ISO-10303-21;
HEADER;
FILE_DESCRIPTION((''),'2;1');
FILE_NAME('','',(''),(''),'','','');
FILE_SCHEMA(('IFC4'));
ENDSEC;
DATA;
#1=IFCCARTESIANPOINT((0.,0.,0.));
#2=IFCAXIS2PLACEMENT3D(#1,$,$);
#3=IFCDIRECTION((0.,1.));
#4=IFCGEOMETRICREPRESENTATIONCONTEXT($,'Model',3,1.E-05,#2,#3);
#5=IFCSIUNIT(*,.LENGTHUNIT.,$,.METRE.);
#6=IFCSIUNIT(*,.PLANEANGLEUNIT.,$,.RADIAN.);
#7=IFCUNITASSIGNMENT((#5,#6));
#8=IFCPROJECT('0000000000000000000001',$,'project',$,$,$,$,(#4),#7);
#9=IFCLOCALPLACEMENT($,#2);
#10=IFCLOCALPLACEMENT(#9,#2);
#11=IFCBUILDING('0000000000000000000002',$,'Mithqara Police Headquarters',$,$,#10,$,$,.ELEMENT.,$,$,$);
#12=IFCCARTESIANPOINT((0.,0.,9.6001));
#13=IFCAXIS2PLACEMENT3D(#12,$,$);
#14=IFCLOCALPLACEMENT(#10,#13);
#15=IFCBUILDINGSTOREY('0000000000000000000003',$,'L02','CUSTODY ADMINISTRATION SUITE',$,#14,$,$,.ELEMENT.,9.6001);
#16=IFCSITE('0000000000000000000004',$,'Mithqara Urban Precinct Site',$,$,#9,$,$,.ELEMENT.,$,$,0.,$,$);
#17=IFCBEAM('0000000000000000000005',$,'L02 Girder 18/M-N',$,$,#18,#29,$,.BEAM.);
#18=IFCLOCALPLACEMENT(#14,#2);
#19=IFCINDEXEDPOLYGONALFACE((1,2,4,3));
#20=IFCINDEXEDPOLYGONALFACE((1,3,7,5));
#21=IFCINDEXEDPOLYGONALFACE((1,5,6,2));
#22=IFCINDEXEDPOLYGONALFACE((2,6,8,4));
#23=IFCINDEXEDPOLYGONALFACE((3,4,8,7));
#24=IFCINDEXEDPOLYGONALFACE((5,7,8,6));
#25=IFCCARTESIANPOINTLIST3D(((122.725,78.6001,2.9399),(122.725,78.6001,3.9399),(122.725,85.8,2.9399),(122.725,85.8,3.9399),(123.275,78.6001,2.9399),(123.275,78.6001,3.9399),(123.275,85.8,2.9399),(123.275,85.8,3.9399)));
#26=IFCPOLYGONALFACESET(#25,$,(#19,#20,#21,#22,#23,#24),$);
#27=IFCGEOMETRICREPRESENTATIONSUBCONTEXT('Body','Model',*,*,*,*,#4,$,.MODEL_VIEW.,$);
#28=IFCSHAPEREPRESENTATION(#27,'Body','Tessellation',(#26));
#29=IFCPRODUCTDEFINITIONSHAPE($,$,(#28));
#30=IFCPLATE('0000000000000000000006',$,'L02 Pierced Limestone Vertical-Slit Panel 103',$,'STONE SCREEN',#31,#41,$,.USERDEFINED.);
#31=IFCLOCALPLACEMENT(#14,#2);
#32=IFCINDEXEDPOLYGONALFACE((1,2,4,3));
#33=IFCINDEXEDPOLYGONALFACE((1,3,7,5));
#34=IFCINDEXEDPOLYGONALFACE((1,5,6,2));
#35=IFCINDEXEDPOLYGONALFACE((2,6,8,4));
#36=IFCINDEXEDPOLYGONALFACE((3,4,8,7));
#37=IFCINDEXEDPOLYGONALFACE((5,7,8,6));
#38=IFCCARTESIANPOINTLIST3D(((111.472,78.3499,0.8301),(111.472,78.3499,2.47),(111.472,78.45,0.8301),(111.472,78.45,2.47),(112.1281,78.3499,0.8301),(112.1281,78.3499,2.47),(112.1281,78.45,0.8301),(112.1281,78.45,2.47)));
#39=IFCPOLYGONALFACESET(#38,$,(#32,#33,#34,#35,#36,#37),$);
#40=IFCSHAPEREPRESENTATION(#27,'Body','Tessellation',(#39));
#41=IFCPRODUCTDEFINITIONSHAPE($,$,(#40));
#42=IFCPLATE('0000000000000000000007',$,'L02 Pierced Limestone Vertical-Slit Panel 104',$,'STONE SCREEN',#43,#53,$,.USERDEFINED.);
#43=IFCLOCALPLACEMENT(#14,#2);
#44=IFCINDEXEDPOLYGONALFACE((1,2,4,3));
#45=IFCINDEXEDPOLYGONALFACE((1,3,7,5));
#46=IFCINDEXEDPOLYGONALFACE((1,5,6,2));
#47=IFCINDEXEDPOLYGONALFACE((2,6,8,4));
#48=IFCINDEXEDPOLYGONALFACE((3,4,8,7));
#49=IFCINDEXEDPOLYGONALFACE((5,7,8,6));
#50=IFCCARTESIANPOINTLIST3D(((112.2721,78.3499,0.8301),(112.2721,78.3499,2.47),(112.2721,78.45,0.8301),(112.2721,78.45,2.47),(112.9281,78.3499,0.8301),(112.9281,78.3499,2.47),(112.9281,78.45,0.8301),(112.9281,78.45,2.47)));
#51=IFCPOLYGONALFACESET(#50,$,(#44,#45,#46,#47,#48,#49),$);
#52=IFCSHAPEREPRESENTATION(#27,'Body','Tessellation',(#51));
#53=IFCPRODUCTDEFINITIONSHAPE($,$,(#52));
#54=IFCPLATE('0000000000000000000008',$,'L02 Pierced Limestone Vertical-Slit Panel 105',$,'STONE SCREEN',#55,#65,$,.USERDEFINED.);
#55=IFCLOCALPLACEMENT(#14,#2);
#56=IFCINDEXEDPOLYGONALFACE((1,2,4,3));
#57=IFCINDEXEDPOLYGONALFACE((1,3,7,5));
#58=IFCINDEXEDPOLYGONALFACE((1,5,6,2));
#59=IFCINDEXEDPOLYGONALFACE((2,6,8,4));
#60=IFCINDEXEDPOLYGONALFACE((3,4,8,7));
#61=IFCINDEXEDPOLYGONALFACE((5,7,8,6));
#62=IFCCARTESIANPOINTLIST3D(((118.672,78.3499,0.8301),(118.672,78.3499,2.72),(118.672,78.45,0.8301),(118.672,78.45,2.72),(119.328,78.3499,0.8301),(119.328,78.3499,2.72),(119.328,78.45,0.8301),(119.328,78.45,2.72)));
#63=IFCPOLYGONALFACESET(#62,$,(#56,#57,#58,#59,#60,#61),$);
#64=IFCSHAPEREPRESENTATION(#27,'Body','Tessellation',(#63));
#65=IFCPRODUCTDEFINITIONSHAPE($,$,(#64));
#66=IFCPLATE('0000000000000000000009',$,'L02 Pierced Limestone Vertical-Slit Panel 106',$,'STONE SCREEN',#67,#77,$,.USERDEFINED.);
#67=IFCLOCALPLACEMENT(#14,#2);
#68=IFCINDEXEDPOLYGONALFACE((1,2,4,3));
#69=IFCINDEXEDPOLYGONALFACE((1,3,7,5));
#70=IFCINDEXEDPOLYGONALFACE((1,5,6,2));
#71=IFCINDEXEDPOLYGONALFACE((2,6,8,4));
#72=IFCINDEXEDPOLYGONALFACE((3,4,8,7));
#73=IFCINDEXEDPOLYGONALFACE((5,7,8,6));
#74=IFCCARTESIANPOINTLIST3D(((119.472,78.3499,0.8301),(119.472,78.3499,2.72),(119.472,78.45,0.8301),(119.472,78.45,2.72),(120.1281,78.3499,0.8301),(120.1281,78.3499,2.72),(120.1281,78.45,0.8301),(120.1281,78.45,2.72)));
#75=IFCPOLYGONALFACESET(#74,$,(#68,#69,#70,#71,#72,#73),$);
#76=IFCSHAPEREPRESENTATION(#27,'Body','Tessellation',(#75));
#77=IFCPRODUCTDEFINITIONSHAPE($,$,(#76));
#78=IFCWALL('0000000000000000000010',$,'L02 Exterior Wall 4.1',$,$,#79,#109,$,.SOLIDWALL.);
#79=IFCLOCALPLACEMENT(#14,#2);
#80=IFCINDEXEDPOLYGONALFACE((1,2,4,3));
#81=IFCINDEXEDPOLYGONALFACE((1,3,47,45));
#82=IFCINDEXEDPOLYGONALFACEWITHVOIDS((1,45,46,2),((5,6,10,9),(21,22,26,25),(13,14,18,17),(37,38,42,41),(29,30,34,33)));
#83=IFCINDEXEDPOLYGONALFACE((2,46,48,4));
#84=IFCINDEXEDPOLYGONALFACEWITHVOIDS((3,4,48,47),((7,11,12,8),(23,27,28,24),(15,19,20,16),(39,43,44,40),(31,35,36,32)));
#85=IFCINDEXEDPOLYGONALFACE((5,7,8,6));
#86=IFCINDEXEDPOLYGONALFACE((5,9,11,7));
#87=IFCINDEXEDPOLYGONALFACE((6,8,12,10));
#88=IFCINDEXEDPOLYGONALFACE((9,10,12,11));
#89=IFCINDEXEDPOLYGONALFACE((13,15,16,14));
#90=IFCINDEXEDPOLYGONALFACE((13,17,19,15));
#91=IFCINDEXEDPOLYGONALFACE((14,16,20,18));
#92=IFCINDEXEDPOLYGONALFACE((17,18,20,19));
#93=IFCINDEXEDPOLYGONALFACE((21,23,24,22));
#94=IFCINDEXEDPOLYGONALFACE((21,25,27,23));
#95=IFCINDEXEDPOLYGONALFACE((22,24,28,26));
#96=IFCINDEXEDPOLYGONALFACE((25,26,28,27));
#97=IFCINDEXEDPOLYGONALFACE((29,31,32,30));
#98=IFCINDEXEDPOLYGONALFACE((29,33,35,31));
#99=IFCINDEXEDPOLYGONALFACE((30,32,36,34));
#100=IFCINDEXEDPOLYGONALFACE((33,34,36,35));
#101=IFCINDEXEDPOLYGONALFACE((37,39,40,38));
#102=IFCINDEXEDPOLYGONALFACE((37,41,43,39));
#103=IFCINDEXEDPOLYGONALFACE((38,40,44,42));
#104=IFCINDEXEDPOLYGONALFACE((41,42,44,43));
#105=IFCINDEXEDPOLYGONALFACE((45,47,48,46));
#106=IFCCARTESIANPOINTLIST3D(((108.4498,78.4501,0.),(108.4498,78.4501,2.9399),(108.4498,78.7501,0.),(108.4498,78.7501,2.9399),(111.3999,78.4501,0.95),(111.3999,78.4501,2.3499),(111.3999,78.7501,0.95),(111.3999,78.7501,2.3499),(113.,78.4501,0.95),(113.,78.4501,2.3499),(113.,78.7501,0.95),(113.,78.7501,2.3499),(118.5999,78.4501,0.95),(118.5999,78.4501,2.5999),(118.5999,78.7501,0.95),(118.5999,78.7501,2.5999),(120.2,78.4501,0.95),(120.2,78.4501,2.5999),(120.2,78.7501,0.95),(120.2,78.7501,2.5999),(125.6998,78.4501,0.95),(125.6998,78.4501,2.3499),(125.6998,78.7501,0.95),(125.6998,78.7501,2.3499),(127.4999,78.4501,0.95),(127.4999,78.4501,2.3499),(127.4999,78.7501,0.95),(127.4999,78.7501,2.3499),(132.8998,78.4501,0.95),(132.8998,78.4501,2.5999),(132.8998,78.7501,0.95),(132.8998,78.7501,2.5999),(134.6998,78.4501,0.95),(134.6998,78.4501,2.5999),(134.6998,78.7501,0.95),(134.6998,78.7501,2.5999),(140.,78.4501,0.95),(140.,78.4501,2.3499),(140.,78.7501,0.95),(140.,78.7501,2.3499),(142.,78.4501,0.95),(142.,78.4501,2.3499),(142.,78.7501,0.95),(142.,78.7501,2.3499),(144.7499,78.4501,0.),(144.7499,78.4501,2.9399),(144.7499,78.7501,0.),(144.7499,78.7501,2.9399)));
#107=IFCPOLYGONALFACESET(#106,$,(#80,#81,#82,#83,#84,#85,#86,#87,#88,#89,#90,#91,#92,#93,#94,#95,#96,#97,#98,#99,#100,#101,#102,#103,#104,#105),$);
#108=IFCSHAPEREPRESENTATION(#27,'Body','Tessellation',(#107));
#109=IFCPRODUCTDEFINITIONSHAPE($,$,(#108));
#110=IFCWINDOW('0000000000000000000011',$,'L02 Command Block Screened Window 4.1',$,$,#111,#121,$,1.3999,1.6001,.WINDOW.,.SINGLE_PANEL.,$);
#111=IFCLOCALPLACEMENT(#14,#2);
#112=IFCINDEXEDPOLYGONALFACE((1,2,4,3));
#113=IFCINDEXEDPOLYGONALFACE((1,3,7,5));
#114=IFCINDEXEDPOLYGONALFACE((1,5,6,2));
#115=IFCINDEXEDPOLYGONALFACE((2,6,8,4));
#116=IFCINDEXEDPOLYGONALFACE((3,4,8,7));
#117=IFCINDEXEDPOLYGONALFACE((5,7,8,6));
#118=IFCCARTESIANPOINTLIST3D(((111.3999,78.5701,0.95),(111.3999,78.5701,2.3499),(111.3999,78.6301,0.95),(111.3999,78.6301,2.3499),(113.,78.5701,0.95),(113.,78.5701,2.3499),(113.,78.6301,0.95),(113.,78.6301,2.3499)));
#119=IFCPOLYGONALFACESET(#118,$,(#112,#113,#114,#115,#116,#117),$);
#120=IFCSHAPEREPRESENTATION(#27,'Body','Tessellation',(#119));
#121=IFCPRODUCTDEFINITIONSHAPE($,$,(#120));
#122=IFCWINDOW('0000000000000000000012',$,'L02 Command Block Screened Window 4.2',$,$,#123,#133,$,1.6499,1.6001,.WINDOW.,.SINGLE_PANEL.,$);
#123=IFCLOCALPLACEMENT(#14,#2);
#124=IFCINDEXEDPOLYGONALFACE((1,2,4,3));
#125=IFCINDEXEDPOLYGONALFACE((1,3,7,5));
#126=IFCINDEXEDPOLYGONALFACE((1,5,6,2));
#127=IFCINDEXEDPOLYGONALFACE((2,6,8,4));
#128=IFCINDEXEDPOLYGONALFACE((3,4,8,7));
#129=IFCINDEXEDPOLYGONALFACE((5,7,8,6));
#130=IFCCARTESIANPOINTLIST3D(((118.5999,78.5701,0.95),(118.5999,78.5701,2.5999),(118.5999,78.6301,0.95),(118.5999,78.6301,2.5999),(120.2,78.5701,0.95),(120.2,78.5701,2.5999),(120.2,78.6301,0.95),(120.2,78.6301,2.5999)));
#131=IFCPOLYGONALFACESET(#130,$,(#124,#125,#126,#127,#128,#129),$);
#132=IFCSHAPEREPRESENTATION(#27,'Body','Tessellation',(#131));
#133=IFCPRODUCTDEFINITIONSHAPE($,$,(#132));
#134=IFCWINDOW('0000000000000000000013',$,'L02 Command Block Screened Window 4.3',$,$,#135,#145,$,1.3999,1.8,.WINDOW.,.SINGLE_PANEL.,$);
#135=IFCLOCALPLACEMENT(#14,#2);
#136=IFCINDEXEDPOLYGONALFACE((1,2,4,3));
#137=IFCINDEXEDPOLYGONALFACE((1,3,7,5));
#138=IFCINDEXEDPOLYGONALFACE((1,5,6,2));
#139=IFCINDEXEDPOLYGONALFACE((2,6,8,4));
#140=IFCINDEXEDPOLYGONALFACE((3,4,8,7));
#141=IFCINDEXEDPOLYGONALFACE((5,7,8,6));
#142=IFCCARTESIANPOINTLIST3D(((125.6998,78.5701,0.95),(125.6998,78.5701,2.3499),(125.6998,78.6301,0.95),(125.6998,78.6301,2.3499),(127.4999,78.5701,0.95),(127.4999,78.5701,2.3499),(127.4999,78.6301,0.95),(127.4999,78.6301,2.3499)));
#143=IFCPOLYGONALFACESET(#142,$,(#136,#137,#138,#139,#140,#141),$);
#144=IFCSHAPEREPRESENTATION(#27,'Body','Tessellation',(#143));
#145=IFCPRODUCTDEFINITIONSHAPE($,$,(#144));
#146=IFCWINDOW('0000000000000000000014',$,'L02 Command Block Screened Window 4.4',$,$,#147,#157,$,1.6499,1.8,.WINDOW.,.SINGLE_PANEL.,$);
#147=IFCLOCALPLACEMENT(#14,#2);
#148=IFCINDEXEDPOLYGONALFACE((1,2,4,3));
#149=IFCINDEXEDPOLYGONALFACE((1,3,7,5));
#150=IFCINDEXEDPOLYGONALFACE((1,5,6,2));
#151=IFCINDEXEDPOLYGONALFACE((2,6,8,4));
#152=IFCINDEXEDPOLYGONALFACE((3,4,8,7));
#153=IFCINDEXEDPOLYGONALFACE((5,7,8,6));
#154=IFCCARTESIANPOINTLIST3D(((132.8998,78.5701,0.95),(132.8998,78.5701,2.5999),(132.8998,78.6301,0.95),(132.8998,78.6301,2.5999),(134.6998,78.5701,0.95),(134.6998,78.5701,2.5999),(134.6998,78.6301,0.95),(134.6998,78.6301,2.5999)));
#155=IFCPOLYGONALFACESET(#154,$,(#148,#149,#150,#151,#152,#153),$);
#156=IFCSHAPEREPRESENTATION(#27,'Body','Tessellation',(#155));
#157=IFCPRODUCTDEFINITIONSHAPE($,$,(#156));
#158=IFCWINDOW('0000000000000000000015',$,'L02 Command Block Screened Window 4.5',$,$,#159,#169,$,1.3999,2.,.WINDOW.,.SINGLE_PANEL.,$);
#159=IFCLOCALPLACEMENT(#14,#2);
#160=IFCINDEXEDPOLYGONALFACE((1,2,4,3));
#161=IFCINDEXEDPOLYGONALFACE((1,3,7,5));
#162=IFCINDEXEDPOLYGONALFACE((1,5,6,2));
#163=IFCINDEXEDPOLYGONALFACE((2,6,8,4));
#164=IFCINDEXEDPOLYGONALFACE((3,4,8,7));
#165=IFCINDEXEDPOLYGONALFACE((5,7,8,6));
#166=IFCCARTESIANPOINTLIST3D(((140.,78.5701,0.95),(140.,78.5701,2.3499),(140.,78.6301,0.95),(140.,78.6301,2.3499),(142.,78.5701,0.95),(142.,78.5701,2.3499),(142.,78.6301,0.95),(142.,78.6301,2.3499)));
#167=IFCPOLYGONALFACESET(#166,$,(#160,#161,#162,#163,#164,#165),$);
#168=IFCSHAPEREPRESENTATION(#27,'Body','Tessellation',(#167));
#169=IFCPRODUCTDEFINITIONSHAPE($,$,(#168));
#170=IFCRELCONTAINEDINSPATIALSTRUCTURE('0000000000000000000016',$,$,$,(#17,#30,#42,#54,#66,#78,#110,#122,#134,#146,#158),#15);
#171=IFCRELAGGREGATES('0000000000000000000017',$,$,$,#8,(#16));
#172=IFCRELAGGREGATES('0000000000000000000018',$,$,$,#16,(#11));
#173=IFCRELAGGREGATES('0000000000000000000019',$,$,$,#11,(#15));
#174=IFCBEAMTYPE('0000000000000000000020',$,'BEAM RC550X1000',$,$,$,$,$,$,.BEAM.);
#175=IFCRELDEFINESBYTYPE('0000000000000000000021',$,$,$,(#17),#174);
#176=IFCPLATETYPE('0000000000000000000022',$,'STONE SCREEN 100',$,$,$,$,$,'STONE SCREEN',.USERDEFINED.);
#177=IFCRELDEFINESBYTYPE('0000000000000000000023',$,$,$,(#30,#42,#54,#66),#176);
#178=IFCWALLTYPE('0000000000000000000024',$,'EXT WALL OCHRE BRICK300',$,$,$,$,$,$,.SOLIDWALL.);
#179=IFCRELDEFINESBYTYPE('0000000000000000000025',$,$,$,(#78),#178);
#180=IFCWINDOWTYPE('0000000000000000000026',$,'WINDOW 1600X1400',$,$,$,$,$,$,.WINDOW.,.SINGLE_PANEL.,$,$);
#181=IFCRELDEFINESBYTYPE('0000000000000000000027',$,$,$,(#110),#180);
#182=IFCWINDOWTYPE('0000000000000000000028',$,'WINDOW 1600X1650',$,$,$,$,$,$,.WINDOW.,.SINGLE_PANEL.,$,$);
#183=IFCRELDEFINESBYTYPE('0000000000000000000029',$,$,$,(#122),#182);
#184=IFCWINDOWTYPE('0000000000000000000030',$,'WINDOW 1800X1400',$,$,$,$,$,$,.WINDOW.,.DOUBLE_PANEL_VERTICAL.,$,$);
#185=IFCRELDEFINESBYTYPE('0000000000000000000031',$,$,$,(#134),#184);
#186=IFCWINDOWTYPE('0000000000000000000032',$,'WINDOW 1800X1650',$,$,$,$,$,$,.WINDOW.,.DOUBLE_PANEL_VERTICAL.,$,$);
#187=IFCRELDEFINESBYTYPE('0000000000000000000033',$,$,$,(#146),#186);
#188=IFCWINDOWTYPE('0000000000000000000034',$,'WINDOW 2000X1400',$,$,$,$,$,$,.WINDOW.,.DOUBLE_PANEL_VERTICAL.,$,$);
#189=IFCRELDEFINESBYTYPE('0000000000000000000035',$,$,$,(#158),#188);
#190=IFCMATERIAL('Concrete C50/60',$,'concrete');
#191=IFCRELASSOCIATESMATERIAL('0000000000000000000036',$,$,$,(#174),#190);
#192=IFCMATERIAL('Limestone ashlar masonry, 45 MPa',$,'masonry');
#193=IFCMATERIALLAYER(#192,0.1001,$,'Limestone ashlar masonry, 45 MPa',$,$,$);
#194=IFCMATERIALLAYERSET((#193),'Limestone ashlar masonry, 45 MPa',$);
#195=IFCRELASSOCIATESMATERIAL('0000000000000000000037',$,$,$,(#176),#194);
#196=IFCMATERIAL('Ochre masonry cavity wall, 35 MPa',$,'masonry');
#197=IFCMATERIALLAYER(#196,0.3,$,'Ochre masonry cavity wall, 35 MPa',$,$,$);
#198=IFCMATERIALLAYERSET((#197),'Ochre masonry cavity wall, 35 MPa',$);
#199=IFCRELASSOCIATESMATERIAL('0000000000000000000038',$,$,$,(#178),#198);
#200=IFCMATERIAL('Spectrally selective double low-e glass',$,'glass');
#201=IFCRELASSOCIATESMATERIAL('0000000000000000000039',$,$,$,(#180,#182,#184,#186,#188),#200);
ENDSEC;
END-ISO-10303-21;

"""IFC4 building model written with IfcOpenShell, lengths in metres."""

from ifc_helpers import new_model, si_unit, direction, frame, frame_2d, origin, origin_2d, place, context, subcontext, project, spatial, rectangle, extrude, material, layer, layer_set, material_profile, profile_set, type_object, element, fill, save


model = new_model("IFC4")

# Units and contexts
model_context = context("Model", 3, precision=1e-05, world=origin(), true_north=direction((0.0, 1.0)))
body_context = subcontext(model_context, "Body", "Model", "MODEL_VIEW")
ifc_project = project(units=[si_unit("LENGTHUNIT", "METRE"), si_unit("PLANEANGLEUNIT", "RADIAN")], contexts=[model_context])

# Site, building, storey
site_placement = place(None, origin())
site = spatial("IfcSite", under=ifc_project, at=site_placement, Name="Mithqara Urban Precinct Site", CompositionType="ELEMENT", RefElevation=0.0)
building_placement = place(site_placement, origin())
building = spatial("IfcBuilding", under=site, at=building_placement, Name="Mithqara Police Headquarters", CompositionType="ELEMENT")
storey_placement = place(building_placement, frame((0.0, 0.0, 9.6001)))
storey = spatial("IfcBuildingStorey", under=building, at=storey_placement, Name="L02", Description="CUSTODY ADMINISTRATION SUITE", CompositionType="ELEMENT", Elevation=9.6001)

# Shared definitions
ifc_material_1 = material(Name="Concrete C50/60", Category="concrete")

# Beam
ifc_material_profile_1 = material_profile(ifc_material_1, rectangle(XDim=0.55, YDim=1.0, at=origin_2d()), Name="RC 550x1000")
ifc_profile_set_1 = profile_set([ifc_material_profile_1], Name="Concrete C50/60")
beam_type_1 = type_object("IfcBeamType", Name="BEAM RC550X1000", PredefinedType="BEAM", material=ifc_profile_set_1)
beam_1_placement = place(storey_placement, frame((123.0, 78.6001, 3.4399), z_axis=(0.0, 1.0, 0.0), x_axis=(-1.0, 0.0, 0.0)))
element("IfcBeam", 1, at=beam_1_placement, inside=storey, type_object=beam_type_1, Name="L02 Girder 18/M-N", PredefinedType="BEAM", context=body_context, shape_type="SweptSolid", body=[
    extrude(rectangle(XDim=0.55, YDim=1.0, at=origin_2d()), origin(), (0.0, 0.0, 1.0), 7.2),
])

# Plates
ifc_material_2 = material(Name="Limestone ashlar masonry, 45 MPa", Category="masonry")
ifc_layer_1 = layer(ifc_material_2, 0.1001, Name="Limestone ashlar masonry, 45 MPa")
ifc_layer_set_1 = layer_set([ifc_layer_1], Name="Limestone ashlar masonry, 45 MPa")
plate_type = type_object("IfcPlateType", Name="STONE SCREEN 100", ElementType="STONE SCREEN", PredefinedType="USERDEFINED", material=ifc_layer_set_1)
for number, where, z_axis, x_axis, name in (
    (2, (111.8, 78.3999, 0.8301), (0.0, 0.0, 1.0), (1.0, 0.0, 0.0), "L02 Pierced Limestone Vertical-Slit Panel 103"),
    (3, (112.6001, 78.3999, 0.8301), (0.0, 0.0, 1.0), (1.0, 0.0, 0.0), "L02 Pierced Limestone Vertical-Slit Panel 104"),
):
    element("IfcPlate", number, at=place(storey_placement, frame(where, z_axis=z_axis, x_axis=x_axis)), inside=storey, type_object=plate_type, Name=name, ObjectType="STONE SCREEN", PredefinedType="USERDEFINED", context=body_context, shape_type="SweptSolid", body=[
        extrude(rectangle(XDim=0.656, YDim=0.1001, at=origin_2d()), origin(), (0.0, 0.0, 1.0), 1.6399),
    ])
for number, where, z_axis, x_axis, name in (
    (4, (119.0, 78.3999, 0.8301), (0.0, 0.0, 1.0), (1.0, 0.0, 0.0), "L02 Pierced Limestone Vertical-Slit Panel 105"),
    (5, (119.8, 78.3999, 0.8301), (0.0, 0.0, 1.0), (1.0, 0.0, 0.0), "L02 Pierced Limestone Vertical-Slit Panel 106"),
):
    element("IfcPlate", number, at=place(storey_placement, frame(where, z_axis=z_axis, x_axis=x_axis)), inside=storey, type_object=plate_type, Name=name, ObjectType="STONE SCREEN", PredefinedType="USERDEFINED", context=body_context, shape_type="SweptSolid", body=[
        extrude(rectangle(XDim=0.656, YDim=0.1001, at=origin_2d()), origin(), (0.0, 0.0, 1.0), 1.8899),
    ])

# Wall, openings, windows
ifc_material_3 = material(Name="Ochre masonry cavity wall, 35 MPa", Category="masonry")
ifc_layer_2 = layer(ifc_material_3, 0.3, Name="Ochre masonry cavity wall, 35 MPa")
ifc_layer_set_2 = layer_set([ifc_layer_2], Name="Ochre masonry cavity wall, 35 MPa")
wall_type = type_object("IfcWallType", Name="EXT WALL OCHRE BRICK300", PredefinedType="SOLIDWALL", material=ifc_layer_set_2)
wall_placement = place(storey_placement, frame((108.45, 78.6001, 0.0), z_axis=(0.0, 0.0, 1.0), x_axis=(1.0, 0.0, 0.0)))
wall = element("IfcWall", 6, at=wall_placement, inside=storey, type_object=wall_type, Name="L02 Exterior Wall 4.1", PredefinedType="SOLIDWALL", context=body_context, shape_type="SweptSolid", body=[
    extrude(rectangle(XDim=36.3, YDim=0.3, at=frame_2d((18.1499, 0.0))), origin(), (0.0, 0.0, 1.0), 2.9399),
])
opening_1_placement = place(wall_placement, frame((2.95, 0.0, 0.95)))
opening_1 = element("IfcOpeningElement", 7, at=opening_1_placement, cuts=wall, PredefinedType="OPENING", context=body_context, shape_type="SweptSolid", body=[
    extrude(rectangle(XDim=1.6001, YDim=1.3999, at=frame_2d((0.8, 0.7))), frame((0.0, 0.1602, 0.0), z_axis=(0.0, -1.0, 0.0), x_axis=(1.0, 0.0, 0.0)), (0.0, 0.0, 1.0), 0.3201),
])
opening_2_placement = place(wall_placement, frame((10.1499, 0.0, 0.95)))
opening_2 = element("IfcOpeningElement", 8, at=opening_2_placement, cuts=wall, PredefinedType="OPENING", context=body_context, shape_type="SweptSolid", body=[
    extrude(rectangle(XDim=1.6001, YDim=1.6499, at=frame_2d((0.8, 0.825))), frame((0.0, 0.1602, 0.0), z_axis=(0.0, -1.0, 0.0), x_axis=(1.0, 0.0, 0.0)), (0.0, 0.0, 1.0), 0.3201),
])
opening_3_placement = place(wall_placement, frame((17.25, 0.0, 0.95)))
opening_3 = element("IfcOpeningElement", 9, at=opening_3_placement, cuts=wall, PredefinedType="OPENING", context=body_context, shape_type="SweptSolid", body=[
    extrude(rectangle(XDim=1.8, YDim=1.3999, at=frame_2d((0.8999, 0.7))), frame((0.0, 0.1602, 0.0), z_axis=(0.0, -1.0, 0.0), x_axis=(1.0, 0.0, 0.0)), (0.0, 0.0, 1.0), 0.3201),
])
opening_4_placement = place(wall_placement, frame((24.45, 0.0, 0.95)))
opening_4 = element("IfcOpeningElement", 10, at=opening_4_placement, cuts=wall, PredefinedType="OPENING", context=body_context, shape_type="SweptSolid", body=[
    extrude(rectangle(XDim=1.8, YDim=1.6499, at=frame_2d((0.8999, 0.825))), frame((0.0, 0.1602, 0.0), z_axis=(0.0, -1.0, 0.0), x_axis=(1.0, 0.0, 0.0)), (0.0, 0.0, 1.0), 0.3201),
])
opening_5_placement = place(wall_placement, frame((31.55, 0.0, 0.95)))
opening_5 = element("IfcOpeningElement", 11, at=opening_5_placement, cuts=wall, PredefinedType="OPENING", context=body_context, shape_type="SweptSolid", body=[
    extrude(rectangle(XDim=2.0, YDim=1.3999, at=frame_2d((1.0, 0.7))), frame((0.0, 0.1602, 0.0), z_axis=(0.0, -1.0, 0.0), x_axis=(1.0, 0.0, 0.0)), (0.0, 0.0, 1.0), 0.3201),
])
ifc_material_4 = material(Name="Spectrally selective double low-e glass", Category="glass")
window_type_1 = type_object("IfcWindowType", Name="WINDOW 1600X1400", PartitioningType="SINGLE_PANEL", PredefinedType="WINDOW", material=ifc_material_4)
window_1_placement = place(opening_1_placement, origin())
window_1 = element("IfcWindow", 12, at=window_1_placement, inside=storey, type_object=window_type_1, Name="L02 Command Block Screened Window 4.1", OverallHeight=1.3999, OverallWidth=1.6001, PartitioningType="SINGLE_PANEL", PredefinedType="WINDOW", context=body_context, shape_type="SweptSolid", body=[
    extrude(rectangle(XDim=1.6001, YDim=1.3999, at=frame_2d((0.8, 0.7))), frame((0.0, 0.03, 0.0), z_axis=(0.0, -1.0, 0.0), x_axis=(1.0, 0.0, 0.0)), (0.0, 0.0, 1.0), 0.0601),
])
fill(opening_1, window_1)
window_type_2 = type_object("IfcWindowType", Name="WINDOW 1600X1650", PartitioningType="SINGLE_PANEL", PredefinedType="WINDOW", material=ifc_material_4)
window_2_placement = place(opening_2_placement, origin())
window_2 = element("IfcWindow", 13, at=window_2_placement, inside=storey, type_object=window_type_2, Name="L02 Command Block Screened Window 4.2", OverallHeight=1.6499, OverallWidth=1.6001, PartitioningType="SINGLE_PANEL", PredefinedType="WINDOW", context=body_context, shape_type="SweptSolid", body=[
    extrude(rectangle(XDim=1.6001, YDim=1.6499, at=frame_2d((0.8, 0.825))), frame((0.0, 0.03, 0.0), z_axis=(0.0, -1.0, 0.0), x_axis=(1.0, 0.0, 0.0)), (0.0, 0.0, 1.0), 0.0601),
])
fill(opening_2, window_2)
window_type_3 = type_object("IfcWindowType", Name="WINDOW 1800X1400", PartitioningType="DOUBLE_PANEL_VERTICAL", PredefinedType="WINDOW", material=ifc_material_4)
window_3_placement = place(opening_3_placement, origin())
window_3 = element("IfcWindow", 14, at=window_3_placement, inside=storey, type_object=window_type_3, Name="L02 Command Block Screened Window 4.3", OverallHeight=1.3999, OverallWidth=1.8, PartitioningType="SINGLE_PANEL", PredefinedType="WINDOW", context=body_context, shape_type="SweptSolid", body=[
    extrude(rectangle(XDim=1.8, YDim=1.3999, at=frame_2d((0.8999, 0.7))), frame((0.0, 0.03, 0.0), z_axis=(0.0, -1.0, 0.0), x_axis=(1.0, 0.0, 0.0)), (0.0, 0.0, 1.0), 0.0601),
])
fill(opening_3, window_3)
window_type_4 = type_object("IfcWindowType", Name="WINDOW 1800X1650", PartitioningType="DOUBLE_PANEL_VERTICAL", PredefinedType="WINDOW", material=ifc_material_4)
window_4_placement = place(opening_4_placement, origin())
window_4 = element("IfcWindow", 15, at=window_4_placement, inside=storey, type_object=window_type_4, Name="L02 Command Block Screened Window 4.4", OverallHeight=1.6499, OverallWidth=1.8, PartitioningType="SINGLE_PANEL", PredefinedType="WINDOW", context=body_context, shape_type="SweptSolid", body=[
    extrude(rectangle(XDim=1.8, YDim=1.6499, at=frame_2d((0.8999, 0.825))), frame((0.0, 0.03, 0.0), z_axis=(0.0, -1.0, 0.0), x_axis=(1.0, 0.0, 0.0)), (0.0, 0.0, 1.0), 0.0601),
])
fill(opening_4, window_4)
window_type_5 = type_object("IfcWindowType", Name="WINDOW 2000X1400", PartitioningType="DOUBLE_PANEL_VERTICAL", PredefinedType="WINDOW", material=ifc_material_4)
window_5_placement = place(opening_5_placement, origin())
window_5 = element("IfcWindow", 16, at=window_5_placement, inside=storey, type_object=window_type_5, Name="L02 Command Block Screened Window 4.5", OverallHeight=1.3999, OverallWidth=2.0, PartitioningType="SINGLE_PANEL", PredefinedType="WINDOW", context=body_context, shape_type="SweptSolid", body=[
    extrude(rectangle(XDim=2.0, YDim=1.3999, at=frame_2d((1.0, 0.7))), frame((0.0, 0.03, 0.0), z_axis=(0.0, -1.0, 0.0), x_axis=(1.0, 0.0, 0.0)), (0.0, 0.0, 1.0), 0.0601),
])
fill(opening_5, window_5)

save(model, "model.ifc")
